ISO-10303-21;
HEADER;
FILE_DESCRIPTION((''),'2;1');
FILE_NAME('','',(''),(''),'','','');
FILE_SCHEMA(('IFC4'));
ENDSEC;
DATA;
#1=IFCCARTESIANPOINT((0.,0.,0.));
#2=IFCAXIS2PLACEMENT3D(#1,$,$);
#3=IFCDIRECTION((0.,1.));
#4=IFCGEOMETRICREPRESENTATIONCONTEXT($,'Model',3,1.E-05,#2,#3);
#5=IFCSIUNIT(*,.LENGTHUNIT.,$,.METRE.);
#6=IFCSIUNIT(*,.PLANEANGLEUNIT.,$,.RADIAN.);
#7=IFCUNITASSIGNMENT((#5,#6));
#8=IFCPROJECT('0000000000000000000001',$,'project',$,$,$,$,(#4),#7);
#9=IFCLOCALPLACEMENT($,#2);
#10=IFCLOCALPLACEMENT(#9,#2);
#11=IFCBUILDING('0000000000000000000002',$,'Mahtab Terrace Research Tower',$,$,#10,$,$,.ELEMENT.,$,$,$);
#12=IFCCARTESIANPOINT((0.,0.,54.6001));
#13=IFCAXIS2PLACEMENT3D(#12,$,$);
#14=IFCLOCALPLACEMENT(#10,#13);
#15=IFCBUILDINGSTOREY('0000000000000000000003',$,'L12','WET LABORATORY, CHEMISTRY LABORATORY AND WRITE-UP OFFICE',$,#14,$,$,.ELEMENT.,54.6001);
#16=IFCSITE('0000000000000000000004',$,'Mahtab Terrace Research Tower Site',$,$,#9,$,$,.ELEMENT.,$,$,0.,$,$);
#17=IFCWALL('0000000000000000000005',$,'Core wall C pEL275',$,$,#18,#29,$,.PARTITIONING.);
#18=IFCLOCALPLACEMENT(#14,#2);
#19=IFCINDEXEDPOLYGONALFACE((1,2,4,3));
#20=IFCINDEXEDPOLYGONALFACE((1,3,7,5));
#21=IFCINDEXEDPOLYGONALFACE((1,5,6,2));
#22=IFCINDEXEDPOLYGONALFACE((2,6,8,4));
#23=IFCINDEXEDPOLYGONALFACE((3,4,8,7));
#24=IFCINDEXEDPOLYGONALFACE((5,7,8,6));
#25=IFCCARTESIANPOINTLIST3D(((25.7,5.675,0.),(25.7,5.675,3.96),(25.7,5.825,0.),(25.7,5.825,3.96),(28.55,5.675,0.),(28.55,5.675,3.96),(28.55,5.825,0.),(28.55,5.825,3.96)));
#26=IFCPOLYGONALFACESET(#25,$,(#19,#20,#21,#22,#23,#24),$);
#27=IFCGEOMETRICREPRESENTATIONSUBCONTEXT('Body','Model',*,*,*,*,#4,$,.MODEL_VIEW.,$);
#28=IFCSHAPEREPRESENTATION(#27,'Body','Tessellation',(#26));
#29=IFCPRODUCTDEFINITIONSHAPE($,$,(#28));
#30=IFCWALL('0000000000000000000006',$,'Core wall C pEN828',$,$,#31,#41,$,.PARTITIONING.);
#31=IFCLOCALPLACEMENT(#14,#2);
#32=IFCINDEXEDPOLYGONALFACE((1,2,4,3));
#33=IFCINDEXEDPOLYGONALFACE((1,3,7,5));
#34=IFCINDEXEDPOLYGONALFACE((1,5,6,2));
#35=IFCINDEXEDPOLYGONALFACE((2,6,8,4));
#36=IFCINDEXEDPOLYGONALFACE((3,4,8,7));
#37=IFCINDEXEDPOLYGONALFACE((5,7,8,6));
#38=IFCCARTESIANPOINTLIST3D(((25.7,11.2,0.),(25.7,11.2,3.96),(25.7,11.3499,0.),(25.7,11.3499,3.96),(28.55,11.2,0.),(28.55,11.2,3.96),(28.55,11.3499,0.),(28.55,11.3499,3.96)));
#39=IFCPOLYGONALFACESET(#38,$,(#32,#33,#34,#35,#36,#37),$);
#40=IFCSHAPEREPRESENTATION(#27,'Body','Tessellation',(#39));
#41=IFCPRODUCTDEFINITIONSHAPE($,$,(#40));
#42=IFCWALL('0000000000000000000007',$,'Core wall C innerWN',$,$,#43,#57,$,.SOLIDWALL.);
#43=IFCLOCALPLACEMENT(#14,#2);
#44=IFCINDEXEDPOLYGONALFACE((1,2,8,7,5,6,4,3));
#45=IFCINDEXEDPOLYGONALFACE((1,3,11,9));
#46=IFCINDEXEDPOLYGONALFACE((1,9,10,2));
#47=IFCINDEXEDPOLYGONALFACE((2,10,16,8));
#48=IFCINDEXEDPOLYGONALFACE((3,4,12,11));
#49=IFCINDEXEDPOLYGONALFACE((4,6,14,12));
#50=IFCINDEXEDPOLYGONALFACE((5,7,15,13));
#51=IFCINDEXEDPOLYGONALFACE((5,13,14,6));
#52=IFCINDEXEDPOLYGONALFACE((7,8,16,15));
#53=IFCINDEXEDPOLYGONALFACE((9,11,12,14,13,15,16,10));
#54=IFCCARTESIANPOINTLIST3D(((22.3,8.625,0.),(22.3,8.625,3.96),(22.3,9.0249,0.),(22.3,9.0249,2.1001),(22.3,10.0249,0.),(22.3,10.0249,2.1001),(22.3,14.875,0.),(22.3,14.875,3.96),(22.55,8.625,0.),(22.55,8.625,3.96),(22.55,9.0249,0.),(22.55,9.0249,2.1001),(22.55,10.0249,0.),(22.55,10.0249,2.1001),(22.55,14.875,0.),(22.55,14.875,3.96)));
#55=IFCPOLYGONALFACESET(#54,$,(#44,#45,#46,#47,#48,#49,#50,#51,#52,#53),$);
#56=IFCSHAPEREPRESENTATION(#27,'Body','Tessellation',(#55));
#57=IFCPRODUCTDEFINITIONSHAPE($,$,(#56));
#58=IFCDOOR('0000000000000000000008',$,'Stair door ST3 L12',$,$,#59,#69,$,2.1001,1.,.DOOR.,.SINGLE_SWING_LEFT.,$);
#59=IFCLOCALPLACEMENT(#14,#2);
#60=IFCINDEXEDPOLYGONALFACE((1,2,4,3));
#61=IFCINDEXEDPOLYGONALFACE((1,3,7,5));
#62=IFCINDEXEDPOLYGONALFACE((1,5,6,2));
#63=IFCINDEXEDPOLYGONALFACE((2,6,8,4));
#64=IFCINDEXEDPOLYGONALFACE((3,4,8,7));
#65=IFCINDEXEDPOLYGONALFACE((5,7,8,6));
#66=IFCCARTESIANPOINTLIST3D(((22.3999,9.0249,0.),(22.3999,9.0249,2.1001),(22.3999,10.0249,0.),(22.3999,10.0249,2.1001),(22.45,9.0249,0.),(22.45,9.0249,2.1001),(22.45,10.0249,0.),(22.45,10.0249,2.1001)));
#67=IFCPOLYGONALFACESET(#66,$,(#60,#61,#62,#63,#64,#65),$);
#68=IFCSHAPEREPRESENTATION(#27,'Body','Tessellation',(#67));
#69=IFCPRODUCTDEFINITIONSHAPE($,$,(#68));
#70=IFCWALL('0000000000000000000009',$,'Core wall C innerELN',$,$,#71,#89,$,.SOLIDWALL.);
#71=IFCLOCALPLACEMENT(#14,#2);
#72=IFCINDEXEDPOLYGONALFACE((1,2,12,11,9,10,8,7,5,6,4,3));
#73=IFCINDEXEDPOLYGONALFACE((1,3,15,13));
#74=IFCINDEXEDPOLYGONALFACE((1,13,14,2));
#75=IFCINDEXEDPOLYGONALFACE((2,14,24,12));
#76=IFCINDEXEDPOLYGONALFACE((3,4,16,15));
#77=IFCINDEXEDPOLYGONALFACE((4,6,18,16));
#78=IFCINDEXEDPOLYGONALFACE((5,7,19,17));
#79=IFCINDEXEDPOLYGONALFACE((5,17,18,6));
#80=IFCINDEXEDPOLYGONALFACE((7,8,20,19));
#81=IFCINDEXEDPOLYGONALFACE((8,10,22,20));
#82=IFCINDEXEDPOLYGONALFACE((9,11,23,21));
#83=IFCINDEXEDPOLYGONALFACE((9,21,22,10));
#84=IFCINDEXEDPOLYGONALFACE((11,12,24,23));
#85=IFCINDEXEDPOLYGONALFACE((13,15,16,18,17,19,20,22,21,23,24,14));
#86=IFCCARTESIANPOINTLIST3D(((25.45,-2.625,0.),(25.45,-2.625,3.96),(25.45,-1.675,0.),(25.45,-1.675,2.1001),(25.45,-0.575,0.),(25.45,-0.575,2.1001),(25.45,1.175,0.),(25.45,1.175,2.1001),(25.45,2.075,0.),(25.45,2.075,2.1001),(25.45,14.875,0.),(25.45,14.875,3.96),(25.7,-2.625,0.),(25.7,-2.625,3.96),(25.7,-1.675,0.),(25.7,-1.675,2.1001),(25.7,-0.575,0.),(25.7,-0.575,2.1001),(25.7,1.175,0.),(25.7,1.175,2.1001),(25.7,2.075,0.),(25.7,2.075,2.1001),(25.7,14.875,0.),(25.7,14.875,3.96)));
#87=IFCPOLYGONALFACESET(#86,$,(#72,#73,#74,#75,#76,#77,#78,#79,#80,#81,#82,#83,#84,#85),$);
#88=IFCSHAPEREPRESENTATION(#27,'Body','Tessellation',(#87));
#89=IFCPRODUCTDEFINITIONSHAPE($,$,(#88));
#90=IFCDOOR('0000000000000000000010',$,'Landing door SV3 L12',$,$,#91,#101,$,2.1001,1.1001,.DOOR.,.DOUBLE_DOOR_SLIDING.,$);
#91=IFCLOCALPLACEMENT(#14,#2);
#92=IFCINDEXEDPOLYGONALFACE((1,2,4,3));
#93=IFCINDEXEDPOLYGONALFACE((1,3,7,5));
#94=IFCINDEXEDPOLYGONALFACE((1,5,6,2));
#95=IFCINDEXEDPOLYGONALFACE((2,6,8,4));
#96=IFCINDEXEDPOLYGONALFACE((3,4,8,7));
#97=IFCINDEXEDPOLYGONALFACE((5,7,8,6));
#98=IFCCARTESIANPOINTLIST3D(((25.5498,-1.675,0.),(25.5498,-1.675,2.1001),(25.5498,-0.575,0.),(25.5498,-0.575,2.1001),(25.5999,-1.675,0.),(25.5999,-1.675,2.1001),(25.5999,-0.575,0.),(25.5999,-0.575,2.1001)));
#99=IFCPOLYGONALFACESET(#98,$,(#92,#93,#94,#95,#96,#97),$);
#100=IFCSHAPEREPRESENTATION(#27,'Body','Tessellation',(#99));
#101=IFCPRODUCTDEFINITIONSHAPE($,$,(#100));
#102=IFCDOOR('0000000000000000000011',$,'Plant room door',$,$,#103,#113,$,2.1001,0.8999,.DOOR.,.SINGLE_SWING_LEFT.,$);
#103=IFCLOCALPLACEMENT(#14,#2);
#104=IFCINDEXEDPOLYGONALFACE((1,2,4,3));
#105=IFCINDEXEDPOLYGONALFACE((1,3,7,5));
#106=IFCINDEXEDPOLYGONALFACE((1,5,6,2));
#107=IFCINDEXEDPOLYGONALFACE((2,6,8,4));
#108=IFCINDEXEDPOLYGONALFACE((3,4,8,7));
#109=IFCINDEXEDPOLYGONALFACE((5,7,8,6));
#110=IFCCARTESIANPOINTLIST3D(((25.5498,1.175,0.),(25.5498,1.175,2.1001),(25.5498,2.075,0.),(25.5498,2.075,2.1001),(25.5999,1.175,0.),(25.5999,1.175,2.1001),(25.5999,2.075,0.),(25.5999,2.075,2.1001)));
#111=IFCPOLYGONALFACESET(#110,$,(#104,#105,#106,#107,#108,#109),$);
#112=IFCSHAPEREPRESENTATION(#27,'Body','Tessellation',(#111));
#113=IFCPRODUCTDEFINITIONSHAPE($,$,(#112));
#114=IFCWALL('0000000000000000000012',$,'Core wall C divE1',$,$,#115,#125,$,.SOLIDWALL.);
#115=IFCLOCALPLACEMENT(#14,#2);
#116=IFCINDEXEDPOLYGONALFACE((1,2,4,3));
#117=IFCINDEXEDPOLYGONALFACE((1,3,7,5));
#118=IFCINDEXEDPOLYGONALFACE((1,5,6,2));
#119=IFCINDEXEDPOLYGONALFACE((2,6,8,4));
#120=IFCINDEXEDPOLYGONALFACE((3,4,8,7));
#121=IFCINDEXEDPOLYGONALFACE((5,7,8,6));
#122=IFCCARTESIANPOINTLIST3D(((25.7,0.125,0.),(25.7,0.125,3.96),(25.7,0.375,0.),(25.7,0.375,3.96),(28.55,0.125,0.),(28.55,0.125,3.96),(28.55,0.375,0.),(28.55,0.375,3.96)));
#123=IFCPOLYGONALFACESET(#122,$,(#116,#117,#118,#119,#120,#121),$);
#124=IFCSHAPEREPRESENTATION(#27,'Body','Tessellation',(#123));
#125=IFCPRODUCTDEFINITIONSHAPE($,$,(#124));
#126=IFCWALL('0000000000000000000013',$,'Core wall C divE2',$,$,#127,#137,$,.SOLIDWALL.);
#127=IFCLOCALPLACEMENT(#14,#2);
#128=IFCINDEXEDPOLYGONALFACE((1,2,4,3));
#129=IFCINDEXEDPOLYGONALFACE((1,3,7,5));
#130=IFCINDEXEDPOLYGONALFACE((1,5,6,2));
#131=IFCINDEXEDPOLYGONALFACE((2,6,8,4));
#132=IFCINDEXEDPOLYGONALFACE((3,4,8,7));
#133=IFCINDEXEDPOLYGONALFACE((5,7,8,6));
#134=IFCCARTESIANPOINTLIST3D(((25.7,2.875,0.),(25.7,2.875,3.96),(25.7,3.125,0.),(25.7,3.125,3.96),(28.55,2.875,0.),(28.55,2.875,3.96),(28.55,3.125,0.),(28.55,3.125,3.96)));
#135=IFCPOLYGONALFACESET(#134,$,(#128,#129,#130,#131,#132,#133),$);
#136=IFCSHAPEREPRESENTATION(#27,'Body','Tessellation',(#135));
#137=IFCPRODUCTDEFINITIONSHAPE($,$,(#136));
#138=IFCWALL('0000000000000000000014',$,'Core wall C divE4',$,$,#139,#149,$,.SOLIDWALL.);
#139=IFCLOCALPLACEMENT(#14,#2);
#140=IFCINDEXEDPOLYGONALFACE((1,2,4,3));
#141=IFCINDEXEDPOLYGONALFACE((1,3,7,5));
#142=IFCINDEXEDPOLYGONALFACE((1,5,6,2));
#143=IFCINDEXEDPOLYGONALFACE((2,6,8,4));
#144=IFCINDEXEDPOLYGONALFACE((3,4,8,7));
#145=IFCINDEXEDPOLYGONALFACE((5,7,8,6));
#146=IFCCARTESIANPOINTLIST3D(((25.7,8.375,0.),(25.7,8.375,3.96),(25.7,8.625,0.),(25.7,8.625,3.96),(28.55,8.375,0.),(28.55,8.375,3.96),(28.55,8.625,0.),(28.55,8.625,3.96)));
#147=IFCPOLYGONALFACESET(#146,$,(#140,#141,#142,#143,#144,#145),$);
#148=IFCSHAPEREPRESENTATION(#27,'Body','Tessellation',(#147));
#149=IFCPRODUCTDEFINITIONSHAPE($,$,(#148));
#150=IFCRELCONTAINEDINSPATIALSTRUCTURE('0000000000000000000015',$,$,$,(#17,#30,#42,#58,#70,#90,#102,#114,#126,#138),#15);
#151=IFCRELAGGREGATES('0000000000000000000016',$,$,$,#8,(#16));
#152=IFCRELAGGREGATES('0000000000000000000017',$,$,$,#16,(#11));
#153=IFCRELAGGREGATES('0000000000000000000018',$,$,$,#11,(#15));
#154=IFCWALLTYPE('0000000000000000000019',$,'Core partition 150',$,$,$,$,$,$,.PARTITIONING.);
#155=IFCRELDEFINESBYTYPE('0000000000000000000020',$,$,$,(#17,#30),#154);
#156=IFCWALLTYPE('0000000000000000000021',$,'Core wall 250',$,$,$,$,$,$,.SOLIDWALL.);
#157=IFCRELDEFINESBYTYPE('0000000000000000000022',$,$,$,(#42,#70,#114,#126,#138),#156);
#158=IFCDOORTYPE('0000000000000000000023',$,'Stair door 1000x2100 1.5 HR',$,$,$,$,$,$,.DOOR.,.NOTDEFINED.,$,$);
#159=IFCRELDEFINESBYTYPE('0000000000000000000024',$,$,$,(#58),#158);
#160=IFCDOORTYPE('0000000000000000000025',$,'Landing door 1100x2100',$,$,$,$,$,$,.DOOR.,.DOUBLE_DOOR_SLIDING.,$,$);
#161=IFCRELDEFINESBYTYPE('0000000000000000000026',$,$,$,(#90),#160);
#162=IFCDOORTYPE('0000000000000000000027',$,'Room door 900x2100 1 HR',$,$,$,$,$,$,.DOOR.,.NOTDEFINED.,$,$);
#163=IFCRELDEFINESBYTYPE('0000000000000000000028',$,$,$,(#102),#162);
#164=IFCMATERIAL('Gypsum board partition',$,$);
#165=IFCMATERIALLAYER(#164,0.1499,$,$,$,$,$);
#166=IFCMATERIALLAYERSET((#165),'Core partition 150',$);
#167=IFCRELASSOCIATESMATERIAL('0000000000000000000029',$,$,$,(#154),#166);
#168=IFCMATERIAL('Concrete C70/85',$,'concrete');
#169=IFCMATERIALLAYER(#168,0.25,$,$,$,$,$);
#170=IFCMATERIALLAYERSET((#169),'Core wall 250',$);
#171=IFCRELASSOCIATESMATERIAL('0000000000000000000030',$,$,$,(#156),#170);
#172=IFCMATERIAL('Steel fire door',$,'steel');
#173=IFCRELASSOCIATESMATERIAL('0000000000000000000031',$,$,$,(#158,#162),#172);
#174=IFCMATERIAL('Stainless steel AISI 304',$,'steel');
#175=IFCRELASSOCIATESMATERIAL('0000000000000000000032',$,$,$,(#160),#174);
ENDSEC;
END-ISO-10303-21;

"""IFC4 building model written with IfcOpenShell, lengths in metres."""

from ifc_helpers import new_model, si_unit, direction, frame, frame_2d, origin, place, context, subcontext, project, spatial, rectangle, extrude, material, layer, layer_set, type_object, element, fill, save


model = new_model("IFC4")

# Units and contexts
model_context = context("Model", 3, precision=1e-05, world=origin(), true_north=direction((0.0, 1.0)))
body_context = subcontext(model_context, "Body", "Model", "MODEL_VIEW")
ifc_project = project(units=[si_unit("LENGTHUNIT", "METRE"), si_unit("PLANEANGLEUNIT", "RADIAN")], contexts=[model_context])

# Site, building, storey
site_placement = place(None, origin())
site = spatial("IfcSite", under=ifc_project, at=site_placement, Name="Mahtab Terrace Research Tower Site", CompositionType="ELEMENT", RefElevation=0.0)
building_placement = place(site_placement, origin())
building = spatial("IfcBuilding", under=site, at=building_placement, Name="Mahtab Terrace Research Tower", CompositionType="ELEMENT")
storey_placement = place(building_placement, frame((0.0, 0.0, 54.6001)))
storey = spatial("IfcBuildingStorey", under=building, at=storey_placement, Name="L12", Description="WET LABORATORY, CHEMISTRY LABORATORY AND WRITE-UP OFFICE", CompositionType="ELEMENT", Elevation=54.6001)

# Shared definitions
ifc_material_1 = material(Name="Concrete C70/85", Category="concrete")

# Walls
ifc_material_2 = material(Name="Gypsum board partition")
ifc_layer_1 = layer(ifc_material_2, 0.1499)
ifc_layer_set_1 = layer_set([ifc_layer_1], Name="Core partition 150")
wall_type_1 = type_object("IfcWallType", Name="Core partition 150", PredefinedType="PARTITIONING", material=ifc_layer_set_1)
for number, where, z_axis, x_axis, name in (
    (1, (25.7, 5.75, 0.0), (0.0, 0.0, 1.0), (1.0, 0.0, 0.0), "Core wall C pEL275"),
    (2, (25.7, 11.2749, 0.0), (0.0, 0.0, 1.0), (1.0, 0.0, 0.0), "Core wall C pEN828"),
):
    element("IfcWall", number, at=place(storey_placement, frame(where, z_axis=z_axis, x_axis=x_axis)), inside=storey, type_object=wall_type_1, Name=name, PredefinedType="PARTITIONING", context=body_context, shape_type="SweptSolid", body=[
        extrude(rectangle(XDim=2.8501, YDim=0.1499, at=frame_2d((1.425, 0.0))), origin(), (0.0, 0.0, 1.0), 3.96),
    ])

# Wall, opening, door
ifc_layer_2 = layer(ifc_material_1, 0.25)
ifc_layer_set_2 = layer_set([ifc_layer_2], Name="Core wall 250")
wall_type_2 = type_object("IfcWallType", Name="Core wall 250", PredefinedType="SOLIDWALL", material=ifc_layer_set_2)
wall_1_placement = place(storey_placement, frame((22.425, 14.875, 0.0), z_axis=(0.0, 0.0, 1.0), x_axis=(0.0, -1.0, 0.0)))
wall_1 = element("IfcWall", 3, at=wall_1_placement, inside=storey, type_object=wall_type_2, Name="Core wall C innerWN", PredefinedType="SOLIDWALL", context=body_context, shape_type="SweptSolid", body=[
    extrude(rectangle(XDim=6.25, YDim=0.25, at=frame_2d((3.125, 0.0))), origin(), (0.0, 0.0, 1.0), 3.96),
])
opening_1_placement = place(wall_1_placement, frame((4.8501, 0.0, 0.0)))
opening_1 = element("IfcOpeningElement", 4, at=opening_1_placement, cuts=wall_1, PredefinedType="OPENING", context=body_context, shape_type="SweptSolid", body=[
    extrude(rectangle(XDim=1.0, YDim=2.1001, at=frame_2d((0.5, 1.05))), frame((0.0, 0.135, 0.0), z_axis=(0.0, -1.0, 0.0), x_axis=(1.0, 0.0, 0.0)), (0.0, 0.0, 1.0), 0.27),
])
ifc_material_3 = material(Name="Steel fire door", Category="steel")
door_type_1 = type_object("IfcDoorType", Name="Stair door 1000x2100 1.5 HR", OperationType="NOTDEFINED", PredefinedType="DOOR", material=ifc_material_3)
door_1_placement = place(opening_1_placement, origin())
door_1 = element("IfcDoor", 5, at=door_1_placement, inside=storey, type_object=door_type_1, Name="Stair door ST3 L12", OperationType="SINGLE_SWING_LEFT", OverallHeight=2.1001, OverallWidth=1.0, PredefinedType="DOOR", context=body_context, shape_type="SweptSolid", body=[
    extrude(rectangle(XDim=1.0, YDim=2.1001, at=frame_2d((0.5, 1.05))), frame((0.0, 0.0249, 0.0), z_axis=(0.0, -1.0, 0.0), x_axis=(1.0, 0.0, 0.0)), (0.0, 0.0, 1.0), 0.05),
])
fill(opening_1, door_1)

# Wall, openings, doors
wall_2_placement = place(storey_placement, frame((25.575, 14.875, 0.0), z_axis=(0.0, 0.0, 1.0), x_axis=(0.0, -1.0, 0.0)))
wall_2 = element("IfcWall", 6, at=wall_2_placement, inside=storey, type_object=wall_type_2, Name="Core wall C innerELN", PredefinedType="SOLIDWALL", context=body_context, shape_type="SweptSolid", body=[
    extrude(rectangle(XDim=17.5, YDim=0.25, at=frame_2d((8.75, 0.0))), origin(), (0.0, 0.0, 1.0), 3.96),
])
opening_2_placement = place(wall_2_placement, frame((15.45, 0.0, 0.0)))
opening_2 = element("IfcOpeningElement", 7, at=opening_2_placement, cuts=wall_2, PredefinedType="OPENING", context=body_context, shape_type="SweptSolid", body=[
    extrude(rectangle(XDim=1.1001, YDim=2.1001, at=frame_2d((0.55, 1.05))), frame((0.0, 0.135, 0.0), z_axis=(0.0, -1.0, 0.0), x_axis=(1.0, 0.0, 0.0)), (0.0, 0.0, 1.0), 0.27),
])
opening_3_placement = place(wall_2_placement, frame((12.8, 0.0, 0.0)))
opening_3 = element("IfcOpeningElement", 8, at=opening_3_placement, cuts=wall_2, PredefinedType="OPENING", context=body_context, shape_type="SweptSolid", body=[
    extrude(rectangle(XDim=0.8999, YDim=2.1001, at=frame_2d((0.45, 1.05))), frame((0.0, 0.135, 0.0), z_axis=(0.0, -1.0, 0.0), x_axis=(1.0, 0.0, 0.0)), (0.0, 0.0, 1.0), 0.27),
])
ifc_material_4 = material(Name="Stainless steel AISI 304", Category="steel")
door_type_2 = type_object("IfcDoorType", Name="Landing door 1100x2100", OperationType="DOUBLE_DOOR_SLIDING", PredefinedType="DOOR", material=ifc_material_4)
door_2_placement = place(opening_2_placement, origin())
door_2 = element("IfcDoor", 9, at=door_2_placement, inside=storey, type_object=door_type_2, Name="Landing door SV3 L12", OperationType="DOUBLE_DOOR_SLIDING", OverallHeight=2.1001, OverallWidth=1.1001, PredefinedType="DOOR", context=body_context, shape_type="SweptSolid", body=[
    extrude(rectangle(XDim=1.1001, YDim=2.1001, at=frame_2d((0.55, 1.05))), frame((0.0, 0.0249, 0.0), z_axis=(0.0, -1.0, 0.0), x_axis=(1.0, 0.0, 0.0)), (0.0, 0.0, 1.0), 0.05),
])
fill(opening_2, door_2)
door_type_3 = type_object("IfcDoorType", Name="Room door 900x2100 1 HR", OperationType="NOTDEFINED", PredefinedType="DOOR", material=ifc_material_3)
door_3_placement = place(opening_3_placement, origin())
door_3 = element("IfcDoor", 10, at=door_3_placement, inside=storey, type_object=door_type_3, Name="Plant room door", OperationType="SINGLE_SWING_LEFT", OverallHeight=2.1001, OverallWidth=0.8999, PredefinedType="DOOR", context=body_context, shape_type="SweptSolid", body=[
    extrude(rectangle(XDim=0.8999, YDim=2.1001, at=frame_2d((0.45, 1.05))), frame((0.0, 0.0249, 0.0), z_axis=(0.0, -1.0, 0.0), x_axis=(1.0, 0.0, 0.0)), (0.0, 0.0, 1.0), 0.05),
])
fill(opening_3, door_3)

# Walls
for number, where, z_axis, x_axis, name in (
    (11, (25.7, 0.25, 0.0), (0.0, 0.0, 1.0), (1.0, 0.0, 0.0), "Core wall C divE1"),
    (12, (25.7, 3.0, 0.0), (0.0, 0.0, 1.0), (1.0, 0.0, 0.0), "Core wall C divE2"),
    (13, (25.7, 8.5, 0.0), (0.0, 0.0, 1.0), (1.0, 0.0, 0.0), "Core wall C divE4"),
):
    element("IfcWall", number, at=place(storey_placement, frame(where, z_axis=z_axis, x_axis=x_axis)), inside=storey, type_object=wall_type_2, Name=name, PredefinedType="SOLIDWALL", context=body_context, shape_type="SweptSolid", body=[
        extrude(rectangle(XDim=2.8501, YDim=0.25, at=frame_2d((1.425, 0.0))), origin(), (0.0, 0.0, 1.0), 3.96),
    ])

save(model, "model.ifc")
